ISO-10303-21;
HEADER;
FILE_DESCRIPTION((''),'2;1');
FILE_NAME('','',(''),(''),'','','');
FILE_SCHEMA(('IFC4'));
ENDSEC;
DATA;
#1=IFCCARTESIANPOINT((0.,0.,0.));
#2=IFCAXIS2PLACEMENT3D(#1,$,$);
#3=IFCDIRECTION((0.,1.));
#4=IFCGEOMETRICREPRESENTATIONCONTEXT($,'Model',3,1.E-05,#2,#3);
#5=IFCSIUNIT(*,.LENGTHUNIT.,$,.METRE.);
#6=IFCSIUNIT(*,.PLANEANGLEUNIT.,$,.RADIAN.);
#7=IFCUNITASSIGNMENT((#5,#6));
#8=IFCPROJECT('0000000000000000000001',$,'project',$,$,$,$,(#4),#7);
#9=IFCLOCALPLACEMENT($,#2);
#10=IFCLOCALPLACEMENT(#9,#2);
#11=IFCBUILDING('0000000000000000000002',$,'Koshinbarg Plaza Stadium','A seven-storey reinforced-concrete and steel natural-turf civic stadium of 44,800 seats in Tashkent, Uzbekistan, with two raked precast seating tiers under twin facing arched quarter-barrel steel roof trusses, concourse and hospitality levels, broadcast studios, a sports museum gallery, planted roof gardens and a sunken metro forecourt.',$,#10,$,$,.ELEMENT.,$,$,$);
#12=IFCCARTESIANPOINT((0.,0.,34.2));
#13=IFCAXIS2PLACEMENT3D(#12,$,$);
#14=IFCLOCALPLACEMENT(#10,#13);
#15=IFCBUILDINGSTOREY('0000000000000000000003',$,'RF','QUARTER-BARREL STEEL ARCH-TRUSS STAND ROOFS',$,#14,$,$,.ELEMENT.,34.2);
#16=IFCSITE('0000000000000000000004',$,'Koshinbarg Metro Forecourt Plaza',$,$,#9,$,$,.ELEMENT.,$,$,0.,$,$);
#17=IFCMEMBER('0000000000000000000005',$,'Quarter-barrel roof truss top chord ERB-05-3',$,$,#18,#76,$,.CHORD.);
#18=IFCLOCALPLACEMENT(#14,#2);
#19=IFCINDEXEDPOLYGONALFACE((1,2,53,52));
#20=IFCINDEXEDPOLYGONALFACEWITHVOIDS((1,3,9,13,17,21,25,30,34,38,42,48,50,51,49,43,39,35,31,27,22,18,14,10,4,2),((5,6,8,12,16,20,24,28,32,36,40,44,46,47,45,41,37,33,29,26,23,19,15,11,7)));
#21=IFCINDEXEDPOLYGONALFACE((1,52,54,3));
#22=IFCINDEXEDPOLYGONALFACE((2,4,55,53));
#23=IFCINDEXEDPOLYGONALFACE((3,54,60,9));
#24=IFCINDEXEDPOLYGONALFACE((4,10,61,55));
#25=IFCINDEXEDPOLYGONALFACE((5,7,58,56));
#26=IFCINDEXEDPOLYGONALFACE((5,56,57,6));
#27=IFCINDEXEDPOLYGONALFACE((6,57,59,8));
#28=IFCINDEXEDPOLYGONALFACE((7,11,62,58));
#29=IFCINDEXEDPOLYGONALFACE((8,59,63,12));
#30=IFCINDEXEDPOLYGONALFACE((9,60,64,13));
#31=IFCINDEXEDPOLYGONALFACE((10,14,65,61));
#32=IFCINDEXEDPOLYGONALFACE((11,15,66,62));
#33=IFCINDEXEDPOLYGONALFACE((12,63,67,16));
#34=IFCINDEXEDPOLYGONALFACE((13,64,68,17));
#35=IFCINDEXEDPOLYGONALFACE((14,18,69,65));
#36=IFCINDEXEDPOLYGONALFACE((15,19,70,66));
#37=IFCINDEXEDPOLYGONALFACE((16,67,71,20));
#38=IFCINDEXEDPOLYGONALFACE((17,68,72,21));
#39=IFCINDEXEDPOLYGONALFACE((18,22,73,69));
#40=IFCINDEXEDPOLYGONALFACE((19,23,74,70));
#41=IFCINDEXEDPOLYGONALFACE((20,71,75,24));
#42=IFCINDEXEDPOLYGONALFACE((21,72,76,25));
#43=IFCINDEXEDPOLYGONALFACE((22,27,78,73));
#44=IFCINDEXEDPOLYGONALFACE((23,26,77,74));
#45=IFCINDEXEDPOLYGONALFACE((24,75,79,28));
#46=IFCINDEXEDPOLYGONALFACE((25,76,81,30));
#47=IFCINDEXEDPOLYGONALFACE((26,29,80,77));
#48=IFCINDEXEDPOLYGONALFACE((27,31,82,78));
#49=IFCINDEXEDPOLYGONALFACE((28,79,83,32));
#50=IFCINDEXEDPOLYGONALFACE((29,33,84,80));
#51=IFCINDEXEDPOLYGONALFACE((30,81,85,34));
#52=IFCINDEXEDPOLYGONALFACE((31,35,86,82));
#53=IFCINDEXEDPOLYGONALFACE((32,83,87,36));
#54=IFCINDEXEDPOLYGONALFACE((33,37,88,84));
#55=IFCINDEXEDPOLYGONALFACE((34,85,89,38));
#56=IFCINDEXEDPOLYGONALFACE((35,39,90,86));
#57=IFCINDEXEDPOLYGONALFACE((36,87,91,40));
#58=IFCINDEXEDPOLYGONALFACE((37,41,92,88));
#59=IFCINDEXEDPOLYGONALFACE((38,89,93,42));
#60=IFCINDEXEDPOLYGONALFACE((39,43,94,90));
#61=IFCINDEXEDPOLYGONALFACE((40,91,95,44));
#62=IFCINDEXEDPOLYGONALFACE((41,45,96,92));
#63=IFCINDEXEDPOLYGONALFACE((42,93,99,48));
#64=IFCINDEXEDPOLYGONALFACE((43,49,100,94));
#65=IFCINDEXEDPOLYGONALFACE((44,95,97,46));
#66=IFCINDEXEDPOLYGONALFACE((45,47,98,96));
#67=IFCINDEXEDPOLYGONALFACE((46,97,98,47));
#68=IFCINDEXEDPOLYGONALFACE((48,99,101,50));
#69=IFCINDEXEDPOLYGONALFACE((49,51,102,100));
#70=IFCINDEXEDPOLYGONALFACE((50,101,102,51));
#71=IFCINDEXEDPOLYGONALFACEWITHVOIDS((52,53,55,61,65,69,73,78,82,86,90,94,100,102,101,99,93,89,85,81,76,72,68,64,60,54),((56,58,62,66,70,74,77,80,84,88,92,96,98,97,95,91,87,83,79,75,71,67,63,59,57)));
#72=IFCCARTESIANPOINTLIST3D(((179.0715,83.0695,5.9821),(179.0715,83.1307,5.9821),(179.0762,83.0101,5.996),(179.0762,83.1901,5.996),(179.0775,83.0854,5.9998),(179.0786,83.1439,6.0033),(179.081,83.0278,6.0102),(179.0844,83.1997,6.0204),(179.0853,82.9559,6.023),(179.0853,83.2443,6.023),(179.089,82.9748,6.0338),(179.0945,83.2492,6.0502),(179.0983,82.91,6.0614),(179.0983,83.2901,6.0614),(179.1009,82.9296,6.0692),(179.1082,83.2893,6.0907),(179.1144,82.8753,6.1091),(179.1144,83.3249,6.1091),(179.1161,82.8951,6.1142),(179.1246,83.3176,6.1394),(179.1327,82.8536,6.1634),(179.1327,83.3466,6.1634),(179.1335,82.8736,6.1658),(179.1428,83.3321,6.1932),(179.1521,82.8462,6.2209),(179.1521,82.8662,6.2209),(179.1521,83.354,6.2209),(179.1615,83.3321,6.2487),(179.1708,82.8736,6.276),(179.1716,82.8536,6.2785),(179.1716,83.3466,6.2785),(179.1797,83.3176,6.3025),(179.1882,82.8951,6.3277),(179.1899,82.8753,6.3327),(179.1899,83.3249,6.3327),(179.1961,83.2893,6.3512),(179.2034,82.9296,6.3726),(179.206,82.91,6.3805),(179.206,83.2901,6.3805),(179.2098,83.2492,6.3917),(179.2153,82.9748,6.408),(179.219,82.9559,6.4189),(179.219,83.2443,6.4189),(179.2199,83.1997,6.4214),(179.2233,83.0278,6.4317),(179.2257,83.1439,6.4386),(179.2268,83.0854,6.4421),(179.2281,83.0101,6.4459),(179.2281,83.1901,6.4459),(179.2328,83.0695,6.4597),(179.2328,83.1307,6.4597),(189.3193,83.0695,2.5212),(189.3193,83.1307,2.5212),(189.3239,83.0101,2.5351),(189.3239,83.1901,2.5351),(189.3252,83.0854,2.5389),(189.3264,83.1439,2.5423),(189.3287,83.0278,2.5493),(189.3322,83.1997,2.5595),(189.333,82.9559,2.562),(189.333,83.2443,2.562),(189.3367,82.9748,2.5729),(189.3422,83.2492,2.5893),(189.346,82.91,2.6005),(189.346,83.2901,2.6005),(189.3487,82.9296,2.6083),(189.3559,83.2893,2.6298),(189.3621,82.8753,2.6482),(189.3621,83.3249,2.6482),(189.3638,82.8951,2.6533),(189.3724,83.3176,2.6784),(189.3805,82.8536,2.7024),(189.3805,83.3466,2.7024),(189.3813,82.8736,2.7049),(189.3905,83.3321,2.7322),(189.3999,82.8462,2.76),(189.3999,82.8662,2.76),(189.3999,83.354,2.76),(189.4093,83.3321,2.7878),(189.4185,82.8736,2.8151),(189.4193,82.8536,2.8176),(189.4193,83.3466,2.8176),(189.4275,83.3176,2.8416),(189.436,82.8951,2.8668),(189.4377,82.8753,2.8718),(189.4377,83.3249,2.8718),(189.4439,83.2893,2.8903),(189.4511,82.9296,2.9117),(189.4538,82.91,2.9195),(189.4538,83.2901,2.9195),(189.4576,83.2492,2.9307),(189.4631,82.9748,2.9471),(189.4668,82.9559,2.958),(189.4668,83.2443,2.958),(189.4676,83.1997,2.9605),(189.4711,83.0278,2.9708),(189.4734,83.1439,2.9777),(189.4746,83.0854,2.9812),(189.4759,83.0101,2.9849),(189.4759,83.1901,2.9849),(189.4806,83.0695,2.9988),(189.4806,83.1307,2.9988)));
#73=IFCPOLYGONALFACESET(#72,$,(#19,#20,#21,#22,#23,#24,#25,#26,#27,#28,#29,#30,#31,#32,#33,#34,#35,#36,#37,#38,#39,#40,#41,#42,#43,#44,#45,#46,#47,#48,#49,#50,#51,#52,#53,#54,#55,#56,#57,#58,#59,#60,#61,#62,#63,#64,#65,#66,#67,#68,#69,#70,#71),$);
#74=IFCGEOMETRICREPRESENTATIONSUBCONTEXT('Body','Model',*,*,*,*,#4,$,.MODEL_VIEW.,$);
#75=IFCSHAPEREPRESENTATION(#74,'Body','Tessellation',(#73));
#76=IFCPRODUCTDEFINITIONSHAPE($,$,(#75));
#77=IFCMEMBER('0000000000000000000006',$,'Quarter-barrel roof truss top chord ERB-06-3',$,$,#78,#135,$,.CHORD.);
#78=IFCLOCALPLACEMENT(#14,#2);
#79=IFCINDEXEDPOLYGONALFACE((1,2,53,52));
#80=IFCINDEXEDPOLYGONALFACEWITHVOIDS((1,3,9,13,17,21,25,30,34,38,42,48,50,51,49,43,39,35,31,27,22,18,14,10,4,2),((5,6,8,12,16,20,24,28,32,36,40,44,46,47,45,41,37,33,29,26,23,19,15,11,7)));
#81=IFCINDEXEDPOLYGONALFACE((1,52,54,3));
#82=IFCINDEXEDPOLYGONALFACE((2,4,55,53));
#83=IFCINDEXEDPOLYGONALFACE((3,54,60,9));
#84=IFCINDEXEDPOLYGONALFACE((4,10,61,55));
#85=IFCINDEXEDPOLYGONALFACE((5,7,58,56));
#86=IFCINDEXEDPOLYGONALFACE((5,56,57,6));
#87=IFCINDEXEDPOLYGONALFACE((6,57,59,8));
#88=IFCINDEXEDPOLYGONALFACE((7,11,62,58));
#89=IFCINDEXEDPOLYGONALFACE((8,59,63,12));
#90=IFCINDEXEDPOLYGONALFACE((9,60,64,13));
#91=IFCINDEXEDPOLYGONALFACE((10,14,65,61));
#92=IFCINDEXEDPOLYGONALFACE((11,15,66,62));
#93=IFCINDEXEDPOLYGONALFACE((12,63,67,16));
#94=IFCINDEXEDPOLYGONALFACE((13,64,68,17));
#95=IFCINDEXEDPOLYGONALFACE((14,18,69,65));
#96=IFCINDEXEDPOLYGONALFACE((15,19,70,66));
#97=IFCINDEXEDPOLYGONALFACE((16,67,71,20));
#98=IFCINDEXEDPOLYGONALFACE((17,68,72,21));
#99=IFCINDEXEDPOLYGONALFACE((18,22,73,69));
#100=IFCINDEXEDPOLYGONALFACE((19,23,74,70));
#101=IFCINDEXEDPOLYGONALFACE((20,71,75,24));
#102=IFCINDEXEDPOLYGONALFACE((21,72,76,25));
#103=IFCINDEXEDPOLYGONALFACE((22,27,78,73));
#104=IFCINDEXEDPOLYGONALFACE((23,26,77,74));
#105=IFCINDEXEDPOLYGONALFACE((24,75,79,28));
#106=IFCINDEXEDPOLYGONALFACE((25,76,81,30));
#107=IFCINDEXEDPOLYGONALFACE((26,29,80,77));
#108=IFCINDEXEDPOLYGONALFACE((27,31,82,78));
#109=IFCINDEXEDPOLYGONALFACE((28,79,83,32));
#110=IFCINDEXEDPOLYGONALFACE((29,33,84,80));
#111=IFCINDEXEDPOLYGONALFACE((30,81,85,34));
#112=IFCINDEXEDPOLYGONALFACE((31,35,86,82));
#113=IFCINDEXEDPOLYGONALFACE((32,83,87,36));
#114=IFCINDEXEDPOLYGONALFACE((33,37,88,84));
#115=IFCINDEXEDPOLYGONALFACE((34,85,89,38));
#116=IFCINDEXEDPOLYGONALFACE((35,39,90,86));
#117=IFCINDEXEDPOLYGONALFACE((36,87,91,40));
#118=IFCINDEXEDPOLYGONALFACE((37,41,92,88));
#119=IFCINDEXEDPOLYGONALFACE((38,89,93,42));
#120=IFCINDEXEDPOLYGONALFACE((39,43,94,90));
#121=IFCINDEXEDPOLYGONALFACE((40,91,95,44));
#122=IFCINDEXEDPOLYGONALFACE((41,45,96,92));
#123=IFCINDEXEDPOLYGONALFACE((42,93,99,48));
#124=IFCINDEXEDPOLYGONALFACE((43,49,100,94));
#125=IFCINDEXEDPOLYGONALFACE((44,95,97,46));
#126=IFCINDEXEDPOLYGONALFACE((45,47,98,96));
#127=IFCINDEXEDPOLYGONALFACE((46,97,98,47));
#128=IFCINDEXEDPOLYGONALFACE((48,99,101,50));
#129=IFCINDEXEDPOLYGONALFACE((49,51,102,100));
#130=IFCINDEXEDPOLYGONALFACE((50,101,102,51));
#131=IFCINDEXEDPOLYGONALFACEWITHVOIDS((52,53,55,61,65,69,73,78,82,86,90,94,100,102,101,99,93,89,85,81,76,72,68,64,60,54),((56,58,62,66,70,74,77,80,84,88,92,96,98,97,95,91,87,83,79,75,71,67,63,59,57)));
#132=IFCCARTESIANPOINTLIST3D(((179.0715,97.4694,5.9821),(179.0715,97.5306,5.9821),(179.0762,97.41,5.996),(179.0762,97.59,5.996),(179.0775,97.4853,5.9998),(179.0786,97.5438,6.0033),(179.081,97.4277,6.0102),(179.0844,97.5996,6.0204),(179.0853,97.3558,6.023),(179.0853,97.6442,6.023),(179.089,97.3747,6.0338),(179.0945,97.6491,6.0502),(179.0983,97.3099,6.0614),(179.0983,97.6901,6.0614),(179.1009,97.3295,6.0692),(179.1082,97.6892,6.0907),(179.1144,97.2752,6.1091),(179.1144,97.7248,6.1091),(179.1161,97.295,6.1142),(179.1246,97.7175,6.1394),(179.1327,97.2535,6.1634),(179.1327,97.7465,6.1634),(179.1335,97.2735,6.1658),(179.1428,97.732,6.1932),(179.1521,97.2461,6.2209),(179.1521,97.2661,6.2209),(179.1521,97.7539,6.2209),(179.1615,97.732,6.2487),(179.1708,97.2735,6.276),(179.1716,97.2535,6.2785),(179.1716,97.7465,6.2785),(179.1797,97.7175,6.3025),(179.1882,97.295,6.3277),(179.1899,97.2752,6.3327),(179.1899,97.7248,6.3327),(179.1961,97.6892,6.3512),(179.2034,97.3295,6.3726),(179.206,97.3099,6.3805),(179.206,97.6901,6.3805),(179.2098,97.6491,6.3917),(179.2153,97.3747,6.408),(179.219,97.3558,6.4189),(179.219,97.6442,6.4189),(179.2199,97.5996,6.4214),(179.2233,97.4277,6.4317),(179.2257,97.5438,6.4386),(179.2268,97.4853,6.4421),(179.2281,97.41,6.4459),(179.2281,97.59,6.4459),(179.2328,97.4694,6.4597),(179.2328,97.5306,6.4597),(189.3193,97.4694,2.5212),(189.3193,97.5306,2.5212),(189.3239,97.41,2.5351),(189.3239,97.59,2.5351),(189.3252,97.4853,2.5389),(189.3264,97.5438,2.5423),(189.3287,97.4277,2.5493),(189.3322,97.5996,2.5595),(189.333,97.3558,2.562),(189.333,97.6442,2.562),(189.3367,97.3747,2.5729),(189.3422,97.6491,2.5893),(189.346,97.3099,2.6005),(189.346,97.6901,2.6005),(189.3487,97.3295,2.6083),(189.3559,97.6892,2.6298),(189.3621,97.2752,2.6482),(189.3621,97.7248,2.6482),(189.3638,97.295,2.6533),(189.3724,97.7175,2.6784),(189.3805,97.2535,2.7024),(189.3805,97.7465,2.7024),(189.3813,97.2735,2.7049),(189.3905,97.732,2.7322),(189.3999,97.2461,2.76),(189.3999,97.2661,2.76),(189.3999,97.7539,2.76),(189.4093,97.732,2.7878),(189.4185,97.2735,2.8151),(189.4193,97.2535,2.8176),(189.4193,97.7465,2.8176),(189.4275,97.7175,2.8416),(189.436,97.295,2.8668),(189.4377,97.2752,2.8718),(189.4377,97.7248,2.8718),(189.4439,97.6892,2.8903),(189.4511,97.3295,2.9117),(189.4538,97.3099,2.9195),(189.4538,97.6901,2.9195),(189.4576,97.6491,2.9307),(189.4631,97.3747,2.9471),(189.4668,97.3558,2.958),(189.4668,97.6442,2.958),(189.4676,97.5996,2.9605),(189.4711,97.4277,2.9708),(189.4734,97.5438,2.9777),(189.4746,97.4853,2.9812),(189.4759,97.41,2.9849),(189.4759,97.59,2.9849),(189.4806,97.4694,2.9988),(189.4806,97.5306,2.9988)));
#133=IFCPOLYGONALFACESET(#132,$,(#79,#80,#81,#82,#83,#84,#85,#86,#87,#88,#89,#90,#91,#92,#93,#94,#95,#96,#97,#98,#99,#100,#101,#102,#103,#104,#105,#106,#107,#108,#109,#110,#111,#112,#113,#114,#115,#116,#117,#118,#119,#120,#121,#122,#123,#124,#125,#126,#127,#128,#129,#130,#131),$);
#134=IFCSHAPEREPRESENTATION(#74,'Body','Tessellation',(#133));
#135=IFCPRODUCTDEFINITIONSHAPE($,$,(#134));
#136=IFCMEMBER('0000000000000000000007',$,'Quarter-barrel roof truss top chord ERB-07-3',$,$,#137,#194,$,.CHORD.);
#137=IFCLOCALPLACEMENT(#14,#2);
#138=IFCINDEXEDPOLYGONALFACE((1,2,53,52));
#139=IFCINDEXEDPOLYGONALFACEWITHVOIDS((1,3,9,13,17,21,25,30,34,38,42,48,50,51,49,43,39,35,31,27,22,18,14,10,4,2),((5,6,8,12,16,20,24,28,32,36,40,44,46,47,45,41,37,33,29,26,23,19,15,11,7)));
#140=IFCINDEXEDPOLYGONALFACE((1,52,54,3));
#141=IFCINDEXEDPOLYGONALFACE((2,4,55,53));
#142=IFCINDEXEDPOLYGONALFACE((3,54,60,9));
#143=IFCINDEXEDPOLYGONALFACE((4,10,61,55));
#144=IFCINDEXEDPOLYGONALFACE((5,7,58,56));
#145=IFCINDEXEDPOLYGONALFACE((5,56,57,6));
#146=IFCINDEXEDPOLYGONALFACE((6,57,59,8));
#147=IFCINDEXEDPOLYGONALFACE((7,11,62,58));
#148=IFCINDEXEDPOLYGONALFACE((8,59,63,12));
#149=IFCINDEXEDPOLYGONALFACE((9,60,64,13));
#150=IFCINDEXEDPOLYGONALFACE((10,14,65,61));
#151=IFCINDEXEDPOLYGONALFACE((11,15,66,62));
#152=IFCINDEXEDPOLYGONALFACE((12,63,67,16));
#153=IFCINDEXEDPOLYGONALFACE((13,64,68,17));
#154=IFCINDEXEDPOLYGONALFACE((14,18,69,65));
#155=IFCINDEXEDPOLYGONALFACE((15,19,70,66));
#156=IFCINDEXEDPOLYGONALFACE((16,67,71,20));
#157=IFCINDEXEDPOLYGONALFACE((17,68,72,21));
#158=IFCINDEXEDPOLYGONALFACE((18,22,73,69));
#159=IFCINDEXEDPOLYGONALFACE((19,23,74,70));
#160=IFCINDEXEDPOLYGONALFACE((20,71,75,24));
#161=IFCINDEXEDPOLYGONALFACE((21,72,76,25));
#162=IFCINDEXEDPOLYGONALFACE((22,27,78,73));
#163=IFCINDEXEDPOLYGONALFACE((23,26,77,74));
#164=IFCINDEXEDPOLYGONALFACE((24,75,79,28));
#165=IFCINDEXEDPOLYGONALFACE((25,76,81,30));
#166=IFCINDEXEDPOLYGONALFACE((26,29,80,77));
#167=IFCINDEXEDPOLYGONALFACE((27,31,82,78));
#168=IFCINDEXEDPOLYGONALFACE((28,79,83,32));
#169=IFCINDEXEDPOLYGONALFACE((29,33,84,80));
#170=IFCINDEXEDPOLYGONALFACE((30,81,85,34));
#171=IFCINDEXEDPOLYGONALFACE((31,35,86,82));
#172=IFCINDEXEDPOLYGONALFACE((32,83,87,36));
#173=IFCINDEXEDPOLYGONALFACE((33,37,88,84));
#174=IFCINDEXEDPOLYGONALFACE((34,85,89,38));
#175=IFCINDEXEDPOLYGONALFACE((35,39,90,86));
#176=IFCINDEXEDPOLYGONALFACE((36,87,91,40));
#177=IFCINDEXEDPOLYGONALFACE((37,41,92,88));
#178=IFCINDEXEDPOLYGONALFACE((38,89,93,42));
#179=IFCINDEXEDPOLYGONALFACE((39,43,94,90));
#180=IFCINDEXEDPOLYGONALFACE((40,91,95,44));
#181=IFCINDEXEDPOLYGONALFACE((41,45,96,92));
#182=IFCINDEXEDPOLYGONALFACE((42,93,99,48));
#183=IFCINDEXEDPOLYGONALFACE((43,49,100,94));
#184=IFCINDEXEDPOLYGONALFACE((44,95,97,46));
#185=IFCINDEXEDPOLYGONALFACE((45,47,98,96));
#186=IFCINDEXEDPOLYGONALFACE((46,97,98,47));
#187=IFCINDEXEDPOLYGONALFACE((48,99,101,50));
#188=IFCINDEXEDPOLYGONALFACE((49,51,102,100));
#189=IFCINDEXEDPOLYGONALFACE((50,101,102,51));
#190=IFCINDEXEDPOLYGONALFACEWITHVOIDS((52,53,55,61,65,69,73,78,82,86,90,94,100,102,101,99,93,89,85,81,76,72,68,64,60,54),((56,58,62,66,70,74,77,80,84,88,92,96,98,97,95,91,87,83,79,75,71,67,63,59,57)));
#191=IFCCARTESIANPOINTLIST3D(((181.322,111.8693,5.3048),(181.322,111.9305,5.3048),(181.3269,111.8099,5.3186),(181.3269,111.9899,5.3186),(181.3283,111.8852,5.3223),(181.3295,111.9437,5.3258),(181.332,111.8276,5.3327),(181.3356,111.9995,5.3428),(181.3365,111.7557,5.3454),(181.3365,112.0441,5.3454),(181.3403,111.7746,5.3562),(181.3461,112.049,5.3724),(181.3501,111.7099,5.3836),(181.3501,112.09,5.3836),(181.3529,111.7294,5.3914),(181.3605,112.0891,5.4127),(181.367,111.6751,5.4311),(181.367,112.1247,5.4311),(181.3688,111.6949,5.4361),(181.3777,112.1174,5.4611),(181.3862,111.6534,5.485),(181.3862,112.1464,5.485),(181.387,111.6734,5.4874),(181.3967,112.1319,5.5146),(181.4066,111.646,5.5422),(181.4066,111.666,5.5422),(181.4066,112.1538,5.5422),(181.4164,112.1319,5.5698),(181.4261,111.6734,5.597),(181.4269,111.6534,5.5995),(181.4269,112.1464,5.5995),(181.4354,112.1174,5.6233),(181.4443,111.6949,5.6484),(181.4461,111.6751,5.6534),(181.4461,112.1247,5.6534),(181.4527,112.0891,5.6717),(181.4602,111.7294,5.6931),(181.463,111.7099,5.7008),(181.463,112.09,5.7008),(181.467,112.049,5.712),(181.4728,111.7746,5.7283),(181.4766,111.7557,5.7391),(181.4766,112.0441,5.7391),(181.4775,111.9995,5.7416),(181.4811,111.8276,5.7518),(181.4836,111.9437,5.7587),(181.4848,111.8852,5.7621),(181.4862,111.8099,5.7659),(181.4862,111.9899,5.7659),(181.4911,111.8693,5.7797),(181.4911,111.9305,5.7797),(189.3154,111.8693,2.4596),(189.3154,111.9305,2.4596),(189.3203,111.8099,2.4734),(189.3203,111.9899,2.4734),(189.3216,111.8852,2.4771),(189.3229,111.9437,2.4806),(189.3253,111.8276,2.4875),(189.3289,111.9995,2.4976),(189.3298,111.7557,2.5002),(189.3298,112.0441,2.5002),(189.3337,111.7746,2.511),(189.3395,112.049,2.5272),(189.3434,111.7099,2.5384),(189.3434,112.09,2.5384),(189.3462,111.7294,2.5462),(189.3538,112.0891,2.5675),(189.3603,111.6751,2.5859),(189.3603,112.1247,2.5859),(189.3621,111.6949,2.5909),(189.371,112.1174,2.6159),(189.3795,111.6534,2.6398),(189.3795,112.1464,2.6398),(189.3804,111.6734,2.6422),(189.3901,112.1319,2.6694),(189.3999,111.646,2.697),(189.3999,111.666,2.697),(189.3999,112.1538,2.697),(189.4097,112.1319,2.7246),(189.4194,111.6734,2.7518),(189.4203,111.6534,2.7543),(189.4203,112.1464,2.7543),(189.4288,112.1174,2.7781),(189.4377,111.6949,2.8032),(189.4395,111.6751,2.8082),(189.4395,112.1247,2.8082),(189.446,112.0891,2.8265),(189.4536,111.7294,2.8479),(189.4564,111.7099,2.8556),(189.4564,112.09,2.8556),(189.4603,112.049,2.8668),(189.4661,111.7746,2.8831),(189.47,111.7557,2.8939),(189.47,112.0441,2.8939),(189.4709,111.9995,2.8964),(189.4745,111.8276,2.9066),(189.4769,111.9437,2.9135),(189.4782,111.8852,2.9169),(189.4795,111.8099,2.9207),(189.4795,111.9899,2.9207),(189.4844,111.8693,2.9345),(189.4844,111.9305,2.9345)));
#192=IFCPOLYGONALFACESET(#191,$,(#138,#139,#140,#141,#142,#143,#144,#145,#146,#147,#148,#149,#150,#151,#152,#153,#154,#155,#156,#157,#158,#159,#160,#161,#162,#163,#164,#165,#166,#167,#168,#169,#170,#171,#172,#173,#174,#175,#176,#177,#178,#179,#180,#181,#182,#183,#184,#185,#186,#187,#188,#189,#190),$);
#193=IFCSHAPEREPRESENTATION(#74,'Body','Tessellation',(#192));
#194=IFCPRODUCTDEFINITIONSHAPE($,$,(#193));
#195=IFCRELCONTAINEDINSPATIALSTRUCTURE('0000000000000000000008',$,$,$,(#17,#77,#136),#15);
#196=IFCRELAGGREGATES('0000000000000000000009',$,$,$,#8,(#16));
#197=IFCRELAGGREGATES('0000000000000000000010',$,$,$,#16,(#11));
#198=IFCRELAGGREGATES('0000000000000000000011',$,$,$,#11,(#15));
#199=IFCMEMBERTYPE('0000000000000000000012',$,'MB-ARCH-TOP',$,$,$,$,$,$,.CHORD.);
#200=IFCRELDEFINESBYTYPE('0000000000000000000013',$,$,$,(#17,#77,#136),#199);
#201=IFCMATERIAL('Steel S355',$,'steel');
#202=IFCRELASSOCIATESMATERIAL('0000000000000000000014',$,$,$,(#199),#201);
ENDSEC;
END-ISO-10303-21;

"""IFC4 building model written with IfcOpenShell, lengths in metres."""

from ifc_helpers import new_model, si_unit, direction, frame, origin, origin_2d, place, context, subcontext, project, spatial, hollow_circle, extrude, material, material_profile, profile_set, type_object, element, save


model = new_model("IFC4")

# Units and contexts
model_context = context("Model", 3, precision=1e-05, world=origin(), true_north=direction((0.0, 1.0)))
body_context = subcontext(model_context, "Body", "Model", "MODEL_VIEW")
ifc_project = project(units=[si_unit("LENGTHUNIT", "METRE"), si_unit("PLANEANGLEUNIT", "RADIAN")], contexts=[model_context])

# Site, building, storey
site_placement = place(None, origin())
site = spatial("IfcSite", under=ifc_project, at=site_placement, Name="Koshinbarg Metro Forecourt Plaza", CompositionType="ELEMENT", RefElevation=0.0)
building_placement = place(site_placement, origin())
building = spatial("IfcBuilding", under=site, at=building_placement, Name="Koshinbarg Plaza Stadium", Description="A seven-storey reinforced-concrete and steel natural-turf civic stadium of 44,800 seats in Tashkent, Uzbekistan, with two raked precast seating tiers under twin facing arched quarter-barrel steel roof trusses, concourse and hospitality levels, broadcast studios, a sports museum gallery, planted roof gardens and a sunken metro forecourt.", CompositionType="ELEMENT")
storey_placement = place(building_placement, frame((0.0, 0.0, 34.2)))
storey = spatial("IfcBuildingStorey", under=building, at=storey_placement, Name="RF", Description="QUARTER-BARREL STEEL ARCH-TRUSS STAND ROOFS", CompositionType="ELEMENT", Elevation=34.2)

# Members
ifc_material_1 = material(Name="Steel S355", Category="steel")
ifc_material_profile_1 = material_profile(ifc_material_1, hollow_circle(Radius=0.2539, WallThickness=0.02, at=origin_2d()), Name="CHS 508x20")
ifc_profile_set_1 = profile_set([ifc_material_profile_1], Name="Steel S355")
member_type_1 = type_object("IfcMemberType", Name="MB-ARCH-TOP", PredefinedType="CHORD", material=ifc_profile_set_1)
for number, where, z_axis, x_axis, name in (
    (1, (189.3999, 83.1001, 2.76), (-0.947428, 0.0, 0.31997), (0.0, -1.0, 0.0), "Quarter-barrel roof truss top chord ERB-05-3"),
    (2, (189.3999, 97.5, 2.76), (-0.947428, 0.0, 0.31997), (0.0, -1.0, 0.0), "Quarter-barrel roof truss top chord ERB-06-3"),
):
    element("IfcMember", number, at=place(storey_placement, frame(where, z_axis=z_axis, x_axis=x_axis)), inside=storey, type_object=member_type_1, Name=name, PredefinedType="CHORD", context=body_context, shape_type="SweptSolid", body=[
        extrude(hollow_circle(Radius=0.2539, WallThickness=0.02, at=origin_2d()), origin(), (0.0, 0.0, 1.0), 10.8164),
    ])
member_1_placement = place(storey_placement, frame((189.3999, 111.8999, 2.697), z_axis=(-0.942099, 0.0, 0.335335), x_axis=(0.0, -1.0, 0.0)))
element("IfcMember", 3, at=member_1_placement, inside=storey, type_object=member_type_1, Name="Quarter-barrel roof truss top chord ERB-07-3", PredefinedType="CHORD", context=body_context, shape_type="SweptSolid", body=[
    extrude(hollow_circle(Radius=0.2539, WallThickness=0.02, at=origin_2d()), origin(), (0.0, 0.0, 1.0), 8.4846),
])

save(model, "model.ifc")
